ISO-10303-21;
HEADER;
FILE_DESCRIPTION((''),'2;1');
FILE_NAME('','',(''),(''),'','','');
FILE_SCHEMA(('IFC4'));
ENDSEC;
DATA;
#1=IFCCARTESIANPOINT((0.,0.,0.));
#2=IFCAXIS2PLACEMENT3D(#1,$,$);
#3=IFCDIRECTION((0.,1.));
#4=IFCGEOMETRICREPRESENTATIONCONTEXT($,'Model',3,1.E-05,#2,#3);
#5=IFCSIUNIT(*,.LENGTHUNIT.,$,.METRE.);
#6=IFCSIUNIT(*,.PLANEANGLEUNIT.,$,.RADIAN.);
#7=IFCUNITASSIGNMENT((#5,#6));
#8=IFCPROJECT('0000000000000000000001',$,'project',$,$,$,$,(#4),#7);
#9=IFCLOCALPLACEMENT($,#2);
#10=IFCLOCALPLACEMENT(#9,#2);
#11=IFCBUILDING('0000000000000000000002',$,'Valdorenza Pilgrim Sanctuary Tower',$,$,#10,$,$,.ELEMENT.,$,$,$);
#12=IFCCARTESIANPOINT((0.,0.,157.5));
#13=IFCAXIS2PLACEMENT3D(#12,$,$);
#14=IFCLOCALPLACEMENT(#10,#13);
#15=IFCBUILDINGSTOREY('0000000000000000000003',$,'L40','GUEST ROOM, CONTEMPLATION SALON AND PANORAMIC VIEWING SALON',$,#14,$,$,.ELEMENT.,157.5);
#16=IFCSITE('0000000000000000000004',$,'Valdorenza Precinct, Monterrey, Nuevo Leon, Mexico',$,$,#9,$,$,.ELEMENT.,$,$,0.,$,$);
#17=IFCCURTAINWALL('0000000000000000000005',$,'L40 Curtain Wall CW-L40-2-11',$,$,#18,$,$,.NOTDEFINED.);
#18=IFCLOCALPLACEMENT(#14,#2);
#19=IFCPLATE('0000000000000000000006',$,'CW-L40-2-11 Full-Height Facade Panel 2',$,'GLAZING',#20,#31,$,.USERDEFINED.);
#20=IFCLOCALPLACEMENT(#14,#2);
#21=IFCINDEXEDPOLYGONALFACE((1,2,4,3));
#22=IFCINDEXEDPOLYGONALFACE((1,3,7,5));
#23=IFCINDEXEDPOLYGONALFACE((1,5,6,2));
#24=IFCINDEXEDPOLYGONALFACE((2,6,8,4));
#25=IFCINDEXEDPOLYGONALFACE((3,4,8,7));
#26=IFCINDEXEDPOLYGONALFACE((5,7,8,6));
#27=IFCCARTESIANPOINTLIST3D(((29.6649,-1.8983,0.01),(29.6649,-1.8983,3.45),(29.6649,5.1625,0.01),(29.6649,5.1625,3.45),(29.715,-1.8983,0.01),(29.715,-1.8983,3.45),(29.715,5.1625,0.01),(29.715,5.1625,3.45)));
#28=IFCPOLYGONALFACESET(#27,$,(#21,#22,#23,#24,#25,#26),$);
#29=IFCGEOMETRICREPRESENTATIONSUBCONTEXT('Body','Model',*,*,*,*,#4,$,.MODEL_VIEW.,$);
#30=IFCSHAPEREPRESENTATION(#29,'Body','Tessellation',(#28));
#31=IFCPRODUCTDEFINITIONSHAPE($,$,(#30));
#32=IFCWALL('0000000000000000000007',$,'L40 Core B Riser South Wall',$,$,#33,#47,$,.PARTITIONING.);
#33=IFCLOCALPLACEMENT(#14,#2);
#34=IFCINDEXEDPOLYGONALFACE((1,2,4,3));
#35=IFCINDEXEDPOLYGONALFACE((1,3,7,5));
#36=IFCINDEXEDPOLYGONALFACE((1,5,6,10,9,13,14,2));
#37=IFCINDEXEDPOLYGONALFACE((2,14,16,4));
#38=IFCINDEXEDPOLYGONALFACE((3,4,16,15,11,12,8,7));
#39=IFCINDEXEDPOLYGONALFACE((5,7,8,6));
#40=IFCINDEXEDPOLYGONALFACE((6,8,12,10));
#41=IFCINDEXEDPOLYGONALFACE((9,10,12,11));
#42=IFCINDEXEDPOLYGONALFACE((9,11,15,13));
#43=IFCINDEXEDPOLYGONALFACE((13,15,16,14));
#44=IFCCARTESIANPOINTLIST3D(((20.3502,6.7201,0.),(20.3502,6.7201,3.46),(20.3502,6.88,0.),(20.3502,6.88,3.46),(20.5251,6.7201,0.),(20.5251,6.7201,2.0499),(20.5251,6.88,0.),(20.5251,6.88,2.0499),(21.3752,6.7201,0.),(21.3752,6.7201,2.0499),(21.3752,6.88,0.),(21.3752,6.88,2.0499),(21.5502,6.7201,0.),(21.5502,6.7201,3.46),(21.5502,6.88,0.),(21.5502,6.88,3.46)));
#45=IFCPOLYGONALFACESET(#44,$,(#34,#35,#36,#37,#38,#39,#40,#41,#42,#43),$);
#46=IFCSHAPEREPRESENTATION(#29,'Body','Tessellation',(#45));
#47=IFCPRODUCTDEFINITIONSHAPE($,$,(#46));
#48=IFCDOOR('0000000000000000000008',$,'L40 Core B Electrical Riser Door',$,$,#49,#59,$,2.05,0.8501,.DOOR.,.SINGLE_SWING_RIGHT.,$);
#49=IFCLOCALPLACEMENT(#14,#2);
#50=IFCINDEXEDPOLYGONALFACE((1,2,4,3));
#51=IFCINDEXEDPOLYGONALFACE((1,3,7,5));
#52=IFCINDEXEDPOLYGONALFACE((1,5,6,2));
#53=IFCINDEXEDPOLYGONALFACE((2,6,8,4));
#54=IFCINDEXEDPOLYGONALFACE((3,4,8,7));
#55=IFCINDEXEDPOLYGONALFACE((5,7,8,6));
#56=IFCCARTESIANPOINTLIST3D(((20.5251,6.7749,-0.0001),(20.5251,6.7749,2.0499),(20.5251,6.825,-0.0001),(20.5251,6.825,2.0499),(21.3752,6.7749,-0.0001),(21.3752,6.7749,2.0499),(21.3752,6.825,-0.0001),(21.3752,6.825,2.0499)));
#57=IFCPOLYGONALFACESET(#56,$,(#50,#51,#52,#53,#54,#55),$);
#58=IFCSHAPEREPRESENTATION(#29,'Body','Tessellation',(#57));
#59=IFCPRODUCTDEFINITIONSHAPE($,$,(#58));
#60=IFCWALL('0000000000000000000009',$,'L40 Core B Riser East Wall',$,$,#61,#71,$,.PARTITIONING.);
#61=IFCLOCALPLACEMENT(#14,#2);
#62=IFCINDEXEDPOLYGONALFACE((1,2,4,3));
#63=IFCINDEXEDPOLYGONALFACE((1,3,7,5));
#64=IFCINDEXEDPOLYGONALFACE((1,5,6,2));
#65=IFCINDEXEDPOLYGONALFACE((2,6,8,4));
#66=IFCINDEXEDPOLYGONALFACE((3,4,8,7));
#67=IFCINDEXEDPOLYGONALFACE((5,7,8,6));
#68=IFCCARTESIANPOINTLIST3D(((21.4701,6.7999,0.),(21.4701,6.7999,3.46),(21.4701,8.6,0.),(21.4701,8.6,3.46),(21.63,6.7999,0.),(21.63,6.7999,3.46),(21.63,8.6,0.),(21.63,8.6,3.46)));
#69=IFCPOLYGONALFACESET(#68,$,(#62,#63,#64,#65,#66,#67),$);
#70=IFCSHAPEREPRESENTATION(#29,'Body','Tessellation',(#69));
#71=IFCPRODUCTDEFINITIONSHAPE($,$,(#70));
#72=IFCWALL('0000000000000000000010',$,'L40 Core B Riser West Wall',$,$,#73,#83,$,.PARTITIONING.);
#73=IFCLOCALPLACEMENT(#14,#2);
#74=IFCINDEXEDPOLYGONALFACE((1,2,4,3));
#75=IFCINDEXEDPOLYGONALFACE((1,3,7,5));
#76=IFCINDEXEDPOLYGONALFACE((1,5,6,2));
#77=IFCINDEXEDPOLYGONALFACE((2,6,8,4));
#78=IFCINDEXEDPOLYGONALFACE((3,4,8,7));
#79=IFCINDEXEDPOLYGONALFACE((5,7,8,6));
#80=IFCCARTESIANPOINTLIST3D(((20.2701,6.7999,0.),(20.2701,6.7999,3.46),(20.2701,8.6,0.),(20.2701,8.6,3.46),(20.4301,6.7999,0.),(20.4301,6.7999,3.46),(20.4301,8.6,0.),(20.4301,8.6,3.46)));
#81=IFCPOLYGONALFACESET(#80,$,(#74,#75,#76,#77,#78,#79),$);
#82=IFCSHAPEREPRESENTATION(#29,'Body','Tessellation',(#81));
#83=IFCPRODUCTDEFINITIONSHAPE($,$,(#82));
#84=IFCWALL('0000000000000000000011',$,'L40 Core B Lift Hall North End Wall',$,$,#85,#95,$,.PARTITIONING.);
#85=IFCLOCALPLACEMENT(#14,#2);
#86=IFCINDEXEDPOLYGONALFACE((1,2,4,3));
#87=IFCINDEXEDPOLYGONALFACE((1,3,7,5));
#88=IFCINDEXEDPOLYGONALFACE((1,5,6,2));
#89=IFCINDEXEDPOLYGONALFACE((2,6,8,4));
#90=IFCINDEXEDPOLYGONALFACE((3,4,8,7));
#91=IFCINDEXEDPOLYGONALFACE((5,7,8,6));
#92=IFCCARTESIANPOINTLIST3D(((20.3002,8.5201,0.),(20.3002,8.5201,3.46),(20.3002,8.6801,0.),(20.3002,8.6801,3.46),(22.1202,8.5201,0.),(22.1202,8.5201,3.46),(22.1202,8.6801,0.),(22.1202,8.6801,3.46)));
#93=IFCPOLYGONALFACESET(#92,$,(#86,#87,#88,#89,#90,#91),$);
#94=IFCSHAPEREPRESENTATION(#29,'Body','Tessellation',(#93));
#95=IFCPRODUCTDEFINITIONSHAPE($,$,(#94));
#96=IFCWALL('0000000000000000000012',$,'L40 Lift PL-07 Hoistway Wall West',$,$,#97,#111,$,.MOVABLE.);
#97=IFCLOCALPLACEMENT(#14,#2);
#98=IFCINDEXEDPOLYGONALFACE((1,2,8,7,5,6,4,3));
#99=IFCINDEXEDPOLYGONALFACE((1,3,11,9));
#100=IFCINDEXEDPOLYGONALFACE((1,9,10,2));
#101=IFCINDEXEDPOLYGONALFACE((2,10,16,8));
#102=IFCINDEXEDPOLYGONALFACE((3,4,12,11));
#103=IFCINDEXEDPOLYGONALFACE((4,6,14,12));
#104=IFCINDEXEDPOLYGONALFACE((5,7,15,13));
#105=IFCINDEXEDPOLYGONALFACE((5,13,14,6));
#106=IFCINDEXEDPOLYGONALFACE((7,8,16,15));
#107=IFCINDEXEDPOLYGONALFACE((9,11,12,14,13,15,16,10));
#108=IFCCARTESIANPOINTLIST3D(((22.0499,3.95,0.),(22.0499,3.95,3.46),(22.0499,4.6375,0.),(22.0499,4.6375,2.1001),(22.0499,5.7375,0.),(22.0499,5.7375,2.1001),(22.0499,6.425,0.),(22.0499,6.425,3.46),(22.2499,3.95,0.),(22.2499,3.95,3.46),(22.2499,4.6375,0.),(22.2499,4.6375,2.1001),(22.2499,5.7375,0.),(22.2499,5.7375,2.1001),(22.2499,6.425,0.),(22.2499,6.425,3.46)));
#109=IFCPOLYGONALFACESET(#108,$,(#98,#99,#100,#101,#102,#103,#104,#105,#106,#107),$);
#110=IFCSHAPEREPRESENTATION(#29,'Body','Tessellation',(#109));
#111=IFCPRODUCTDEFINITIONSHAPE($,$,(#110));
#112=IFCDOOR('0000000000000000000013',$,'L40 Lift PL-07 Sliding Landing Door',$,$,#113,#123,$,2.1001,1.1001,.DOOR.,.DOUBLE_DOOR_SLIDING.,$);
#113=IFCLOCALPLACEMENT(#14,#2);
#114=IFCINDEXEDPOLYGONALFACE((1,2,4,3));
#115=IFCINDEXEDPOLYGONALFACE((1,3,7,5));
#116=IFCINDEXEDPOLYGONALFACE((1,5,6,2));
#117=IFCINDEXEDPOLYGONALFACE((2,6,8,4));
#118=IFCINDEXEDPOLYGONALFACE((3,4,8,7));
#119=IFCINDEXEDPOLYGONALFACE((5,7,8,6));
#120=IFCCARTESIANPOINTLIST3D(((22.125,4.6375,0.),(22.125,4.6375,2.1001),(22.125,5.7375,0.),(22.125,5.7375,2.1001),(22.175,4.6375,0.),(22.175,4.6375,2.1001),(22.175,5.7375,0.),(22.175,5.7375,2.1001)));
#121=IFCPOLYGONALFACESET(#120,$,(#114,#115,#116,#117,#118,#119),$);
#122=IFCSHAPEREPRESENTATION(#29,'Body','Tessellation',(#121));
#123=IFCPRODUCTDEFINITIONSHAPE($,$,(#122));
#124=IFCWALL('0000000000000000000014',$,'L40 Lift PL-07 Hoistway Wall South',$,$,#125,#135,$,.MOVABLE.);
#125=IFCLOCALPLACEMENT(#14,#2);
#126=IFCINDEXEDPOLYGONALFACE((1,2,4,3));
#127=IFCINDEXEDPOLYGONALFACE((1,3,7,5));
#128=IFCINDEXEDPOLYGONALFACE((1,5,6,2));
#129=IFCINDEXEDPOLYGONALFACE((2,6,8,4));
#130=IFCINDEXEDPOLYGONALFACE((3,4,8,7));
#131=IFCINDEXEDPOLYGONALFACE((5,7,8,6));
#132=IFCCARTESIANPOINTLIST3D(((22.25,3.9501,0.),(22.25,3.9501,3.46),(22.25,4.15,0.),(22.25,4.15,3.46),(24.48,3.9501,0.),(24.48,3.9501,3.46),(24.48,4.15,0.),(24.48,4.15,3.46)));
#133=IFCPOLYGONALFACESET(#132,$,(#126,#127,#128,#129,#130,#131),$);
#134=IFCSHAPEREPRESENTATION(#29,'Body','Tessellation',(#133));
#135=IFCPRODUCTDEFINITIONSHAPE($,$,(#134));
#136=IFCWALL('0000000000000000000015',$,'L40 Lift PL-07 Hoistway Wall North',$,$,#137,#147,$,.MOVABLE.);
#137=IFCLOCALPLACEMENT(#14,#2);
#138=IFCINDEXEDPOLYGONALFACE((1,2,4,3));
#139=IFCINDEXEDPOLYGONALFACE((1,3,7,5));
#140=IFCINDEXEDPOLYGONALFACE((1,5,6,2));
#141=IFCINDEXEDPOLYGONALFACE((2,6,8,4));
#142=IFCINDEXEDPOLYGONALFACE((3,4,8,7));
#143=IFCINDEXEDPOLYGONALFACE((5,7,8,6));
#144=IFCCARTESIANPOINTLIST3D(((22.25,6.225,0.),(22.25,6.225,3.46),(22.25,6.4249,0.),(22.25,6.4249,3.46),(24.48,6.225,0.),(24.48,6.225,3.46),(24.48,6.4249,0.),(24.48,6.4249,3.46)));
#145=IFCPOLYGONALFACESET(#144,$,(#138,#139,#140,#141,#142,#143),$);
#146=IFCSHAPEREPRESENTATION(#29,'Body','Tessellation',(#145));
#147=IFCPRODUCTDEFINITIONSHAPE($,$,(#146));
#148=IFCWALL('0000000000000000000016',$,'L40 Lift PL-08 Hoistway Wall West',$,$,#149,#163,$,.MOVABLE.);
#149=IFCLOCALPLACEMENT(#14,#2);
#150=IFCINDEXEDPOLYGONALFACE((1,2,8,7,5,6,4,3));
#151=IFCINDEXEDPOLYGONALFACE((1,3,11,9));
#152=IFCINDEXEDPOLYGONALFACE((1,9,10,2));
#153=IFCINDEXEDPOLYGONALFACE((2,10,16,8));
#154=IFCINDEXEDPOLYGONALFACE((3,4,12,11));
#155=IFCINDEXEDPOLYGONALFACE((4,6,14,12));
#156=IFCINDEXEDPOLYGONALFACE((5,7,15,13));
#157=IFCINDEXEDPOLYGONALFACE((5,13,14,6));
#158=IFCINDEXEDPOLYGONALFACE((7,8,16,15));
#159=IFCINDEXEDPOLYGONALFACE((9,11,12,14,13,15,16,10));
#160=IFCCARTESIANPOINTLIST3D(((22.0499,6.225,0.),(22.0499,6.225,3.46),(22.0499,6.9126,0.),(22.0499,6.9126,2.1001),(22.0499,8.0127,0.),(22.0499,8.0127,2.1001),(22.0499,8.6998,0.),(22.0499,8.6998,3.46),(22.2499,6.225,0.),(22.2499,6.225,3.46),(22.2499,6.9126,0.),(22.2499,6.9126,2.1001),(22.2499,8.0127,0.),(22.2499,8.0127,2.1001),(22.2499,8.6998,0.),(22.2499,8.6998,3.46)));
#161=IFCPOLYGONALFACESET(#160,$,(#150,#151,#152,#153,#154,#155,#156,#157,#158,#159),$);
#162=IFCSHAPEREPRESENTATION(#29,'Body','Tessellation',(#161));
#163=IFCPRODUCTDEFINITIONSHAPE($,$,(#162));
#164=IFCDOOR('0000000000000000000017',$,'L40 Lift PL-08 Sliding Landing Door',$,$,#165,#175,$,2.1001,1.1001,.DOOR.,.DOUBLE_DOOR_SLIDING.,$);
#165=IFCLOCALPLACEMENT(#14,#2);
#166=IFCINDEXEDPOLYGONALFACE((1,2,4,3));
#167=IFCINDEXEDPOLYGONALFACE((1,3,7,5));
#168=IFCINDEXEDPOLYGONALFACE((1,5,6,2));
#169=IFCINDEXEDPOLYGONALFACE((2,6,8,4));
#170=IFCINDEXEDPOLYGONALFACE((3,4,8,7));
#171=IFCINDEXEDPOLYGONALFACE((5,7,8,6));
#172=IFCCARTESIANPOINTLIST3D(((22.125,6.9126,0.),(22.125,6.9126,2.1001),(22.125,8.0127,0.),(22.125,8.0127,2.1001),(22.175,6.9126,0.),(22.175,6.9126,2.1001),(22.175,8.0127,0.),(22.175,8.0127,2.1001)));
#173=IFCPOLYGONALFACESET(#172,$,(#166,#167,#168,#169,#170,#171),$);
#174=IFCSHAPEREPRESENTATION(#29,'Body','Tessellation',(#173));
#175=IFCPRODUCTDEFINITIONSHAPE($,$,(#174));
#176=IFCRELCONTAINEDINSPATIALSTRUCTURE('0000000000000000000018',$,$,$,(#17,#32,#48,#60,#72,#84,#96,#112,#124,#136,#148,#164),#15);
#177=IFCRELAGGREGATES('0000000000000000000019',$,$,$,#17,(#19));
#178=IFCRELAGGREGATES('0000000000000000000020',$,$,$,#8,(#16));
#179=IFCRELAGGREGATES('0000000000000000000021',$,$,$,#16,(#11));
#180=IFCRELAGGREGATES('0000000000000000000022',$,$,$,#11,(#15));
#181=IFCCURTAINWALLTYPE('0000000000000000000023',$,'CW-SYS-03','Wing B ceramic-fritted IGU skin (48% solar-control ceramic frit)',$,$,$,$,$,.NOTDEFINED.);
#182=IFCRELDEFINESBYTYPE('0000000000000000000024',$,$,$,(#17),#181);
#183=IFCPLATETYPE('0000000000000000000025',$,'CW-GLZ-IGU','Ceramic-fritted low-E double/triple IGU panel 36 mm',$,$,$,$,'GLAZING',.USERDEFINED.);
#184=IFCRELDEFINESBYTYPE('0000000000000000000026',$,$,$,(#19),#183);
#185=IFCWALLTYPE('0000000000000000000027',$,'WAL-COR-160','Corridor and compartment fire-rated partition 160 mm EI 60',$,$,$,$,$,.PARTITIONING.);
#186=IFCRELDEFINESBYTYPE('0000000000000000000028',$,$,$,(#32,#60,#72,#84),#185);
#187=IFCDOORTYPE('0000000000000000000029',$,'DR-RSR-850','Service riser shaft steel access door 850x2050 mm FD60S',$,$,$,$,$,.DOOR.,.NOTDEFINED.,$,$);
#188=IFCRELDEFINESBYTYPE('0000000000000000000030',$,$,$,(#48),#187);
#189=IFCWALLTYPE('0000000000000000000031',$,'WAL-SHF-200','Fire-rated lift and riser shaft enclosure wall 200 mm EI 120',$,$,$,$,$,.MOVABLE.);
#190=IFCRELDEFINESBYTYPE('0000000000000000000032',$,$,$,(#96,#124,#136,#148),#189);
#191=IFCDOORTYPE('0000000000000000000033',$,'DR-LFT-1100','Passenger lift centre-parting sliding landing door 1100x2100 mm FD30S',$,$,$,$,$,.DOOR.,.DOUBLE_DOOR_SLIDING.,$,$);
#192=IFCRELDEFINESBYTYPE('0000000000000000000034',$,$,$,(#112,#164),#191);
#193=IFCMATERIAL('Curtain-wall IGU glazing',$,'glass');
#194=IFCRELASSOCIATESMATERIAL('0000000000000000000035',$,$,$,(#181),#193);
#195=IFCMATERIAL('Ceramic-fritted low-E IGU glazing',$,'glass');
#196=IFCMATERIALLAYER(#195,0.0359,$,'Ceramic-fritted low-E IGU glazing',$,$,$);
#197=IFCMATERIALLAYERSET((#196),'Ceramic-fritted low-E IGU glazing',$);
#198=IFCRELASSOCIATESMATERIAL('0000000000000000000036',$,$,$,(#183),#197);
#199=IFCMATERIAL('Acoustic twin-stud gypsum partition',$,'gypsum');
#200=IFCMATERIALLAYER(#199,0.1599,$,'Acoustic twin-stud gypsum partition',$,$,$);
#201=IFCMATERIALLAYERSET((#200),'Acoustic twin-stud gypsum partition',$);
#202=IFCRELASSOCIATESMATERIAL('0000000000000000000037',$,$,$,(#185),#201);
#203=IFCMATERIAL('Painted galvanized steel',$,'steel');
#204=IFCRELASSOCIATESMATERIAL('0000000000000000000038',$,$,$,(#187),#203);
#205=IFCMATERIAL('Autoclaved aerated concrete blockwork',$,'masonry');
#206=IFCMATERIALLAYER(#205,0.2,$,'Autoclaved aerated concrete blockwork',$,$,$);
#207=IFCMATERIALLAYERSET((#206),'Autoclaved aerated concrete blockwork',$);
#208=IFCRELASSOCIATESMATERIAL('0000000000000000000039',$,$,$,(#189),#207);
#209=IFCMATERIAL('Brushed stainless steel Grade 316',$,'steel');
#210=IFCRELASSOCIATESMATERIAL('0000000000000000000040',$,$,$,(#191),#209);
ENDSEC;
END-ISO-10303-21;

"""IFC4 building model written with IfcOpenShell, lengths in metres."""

from ifc_helpers import new_model, si_unit, direction, frame, frame_2d, origin, origin_2d, place, context, subcontext, project, spatial, rectangle, extrude, source, transform, mapped, material, layer, layer_set, type_object, element, fill, aggregate, save


model = new_model("IFC4")

# Units and contexts
model_context = context("Model", 3, precision=1e-05, world=origin(), true_north=direction((0.0, 1.0)))
body_context = subcontext(model_context, "Body", "Model", "MODEL_VIEW")
ifc_project = project(units=[si_unit("LENGTHUNIT", "METRE"), si_unit("PLANEANGLEUNIT", "RADIAN")], contexts=[model_context])

# Site, building, storey
site_placement = place(None, origin())
site = spatial("IfcSite", under=ifc_project, at=site_placement, Name="Valdorenza Precinct, Monterrey, Nuevo Leon, Mexico", CompositionType="ELEMENT", RefElevation=0.0)
building_placement = place(site_placement, origin())
building = spatial("IfcBuilding", under=site, at=building_placement, Name="Valdorenza Pilgrim Sanctuary Tower", CompositionType="ELEMENT")
storey_placement = place(building_placement, frame((0.0, 0.0, 157.5)))
storey = spatial("IfcBuildingStorey", under=building, at=storey_placement, Name="L40", Description="GUEST ROOM, CONTEMPLATION SALON AND PANORAMIC VIEWING SALON", CompositionType="ELEMENT", Elevation=157.5)

# Curtain wall, plate
ifc_material_1 = material(Name="Curtain-wall IGU glazing", Category="glass")
curtain_wall_type = type_object("IfcCurtainWallType", Name="CW-SYS-03", Description="Wing B ceramic-fritted IGU skin (48% solar-control ceramic frit)", PredefinedType="NOTDEFINED", material=ifc_material_1)
curtain_wall_placement = place(storey_placement, origin())
curtain_wall = element("IfcCurtainWall", 1, at=curtain_wall_placement, inside=storey, type_object=curtain_wall_type, Name="L40 Curtain Wall CW-L40-2-11", PredefinedType="NOTDEFINED")
ifc_material_2 = material(Name="Ceramic-fritted low-E IGU glazing", Category="glass")
ifc_layer_1 = layer(ifc_material_2, 0.0359, Name="Ceramic-fritted low-E IGU glazing")
ifc_layer_set_1 = layer_set([ifc_layer_1], Name="Ceramic-fritted low-E IGU glazing")
plate_type_1 = type_object("IfcPlateType", Name="CW-GLZ-IGU", Description="Ceramic-fritted low-E double/triple IGU panel 36 mm", ElementType="GLAZING", PredefinedType="USERDEFINED", material=ifc_layer_set_1)
shared_shape_1 = source(origin(), body_context, "Body", "SweptSolid", [
    extrude(rectangle(XDim=7.0608, YDim=0.05, at=origin_2d()), origin(), (0.0, 0.0, 1.0), 3.4399),
])
plate_1_placement = place(storey_placement, frame((29.6899, 1.6321, 0.01), z_axis=(0.0, 0.0, 1.0), x_axis=(0.0, -1.0, 0.0)))
plate_1 = element("IfcPlate", 2, at=plate_1_placement, type_object=plate_type_1, Name="CW-L40-2-11 Full-Height Facade Panel 2", ObjectType="GLAZING", PredefinedType="USERDEFINED", context=body_context, shape_type="MappedRepresentation", body=[
    mapped(shared_shape_1, transform((0.0, 0.0, 0.0), x_axis=(1.0, 0.0, 0.0), y_axis=(0.0, 1.0, 0.0), z_axis=(0.0, 0.0, 1.0), scale=1.0)),
])
aggregate(curtain_wall, [plate_1])

# Wall, opening, door
ifc_material_3 = material(Name="Acoustic twin-stud gypsum partition", Category="gypsum")
ifc_layer_2 = layer(ifc_material_3, 0.1599, Name="Acoustic twin-stud gypsum partition")
ifc_layer_set_2 = layer_set([ifc_layer_2], Name="Acoustic twin-stud gypsum partition")
wall_type_1 = type_object("IfcWallType", Name="WAL-COR-160", Description="Corridor and compartment fire-rated partition 160 mm EI 60", PredefinedType="PARTITIONING", material=ifc_layer_set_2)
wall_1_placement = place(storey_placement, frame((20.3501, 6.8, 0.0), z_axis=(0.0, 0.0, 1.0), x_axis=(1.0, 0.0, 0.0)))
wall_1 = element("IfcWall", 3, at=wall_1_placement, inside=storey, type_object=wall_type_1, Name="L40 Core B Riser South Wall", PredefinedType="PARTITIONING", context=body_context, shape_type="SweptSolid", body=[
    extrude(rectangle(XDim=1.2, YDim=0.1599, at=frame_2d((0.6001, 0.0))), origin(), (0.0, 0.0, 1.0), 3.46),
])
opening_1_placement = place(wall_1_placement, frame((0.175, 0.0, 0.0)))
opening_1 = element("IfcOpeningElement", 4, at=opening_1_placement, cuts=wall_1, PredefinedType="OPENING", context=body_context, shape_type="SweptSolid", body=[
    extrude(rectangle(XDim=0.8501, YDim=2.05, at=frame_2d((0.425, 1.0249))), frame((0.0, 0.0947, 0.0), z_axis=(0.0, -1.0, 0.0), x_axis=(1.0, 0.0, 0.0)), (0.0, 0.0, 1.0), 0.1897),
])
ifc_material_4 = material(Name="Painted galvanized steel", Category="steel")
door_type_1 = type_object("IfcDoorType", Name="DR-RSR-850", Description="Service riser shaft steel access door 850x2050 mm FD60S", OperationType="NOTDEFINED", PredefinedType="DOOR", material=ifc_material_4)
door_1_placement = place(opening_1_placement, origin())
door_1 = element("IfcDoor", 5, at=door_1_placement, inside=storey, type_object=door_type_1, Name="L40 Core B Electrical Riser Door", OperationType="SINGLE_SWING_RIGHT", OverallHeight=2.05, OverallWidth=0.8501, PredefinedType="DOOR", context=body_context, shape_type="SweptSolid", body=[
    extrude(rectangle(XDim=0.8501, YDim=2.05, at=frame_2d((0.425, 1.0249))), frame((0.0, 0.0249, 0.0), z_axis=(0.0, -1.0, 0.0), x_axis=(1.0, 0.0, 0.0)), (0.0, 0.0, 1.0), 0.05),
])
fill(opening_1, door_1)

# Walls
for number, where, z_axis, x_axis, name in (
    (6, (21.55, 6.8, 0.0), (0.0, 0.0, 1.0), (0.0, 1.0, 0.0), "L40 Core B Riser East Wall"),
    (7, (20.3501, 6.8, 0.0), (0.0, 0.0, 1.0), (0.0, 1.0, 0.0), "L40 Core B Riser West Wall"),
):
    element("IfcWall", number, at=place(storey_placement, frame(where, z_axis=z_axis, x_axis=x_axis)), inside=storey, type_object=wall_type_1, Name=name, PredefinedType="PARTITIONING", context=body_context, shape_type="SweptSolid", body=[
        extrude(rectangle(XDim=1.8, YDim=0.1599, at=frame_2d((0.8999, 0.0))), origin(), (0.0, 0.0, 1.0), 3.46),
    ])
wall_2_placement = place(storey_placement, frame((20.3, 8.6001, 0.0), z_axis=(0.0, 0.0, 1.0), x_axis=(1.0, 0.0, 0.0)))
element("IfcWall", 8, at=wall_2_placement, inside=storey, type_object=wall_type_1, Name="L40 Core B Lift Hall North End Wall", PredefinedType="PARTITIONING", context=body_context, shape_type="SweptSolid", body=[
    extrude(rectangle(XDim=1.8201, YDim=0.1599, at=frame_2d((0.9102, 0.0))), origin(), (0.0, 0.0, 1.0), 3.46),
])

# Wall, opening, door
ifc_material_5 = material(Name="Autoclaved aerated concrete blockwork", Category="masonry")
ifc_layer_3 = layer(ifc_material_5, 0.2, Name="Autoclaved aerated concrete blockwork")
ifc_layer_set_3 = layer_set([ifc_layer_3], Name="Autoclaved aerated concrete blockwork")
wall_type_2 = type_object("IfcWallType", Name="WAL-SHF-200", Description="Fire-rated lift and riser shaft enclosure wall 200 mm EI 120", PredefinedType="MOVABLE", material=ifc_layer_set_3)
wall_3_placement = place(storey_placement, frame((22.1499, 3.95, 0.0), z_axis=(0.0, 0.0, 1.0), x_axis=(0.0, 1.0, 0.0)))
wall_3 = element("IfcWall", 9, at=wall_3_placement, inside=storey, type_object=wall_type_2, Name="L40 Lift PL-07 Hoistway Wall West", PredefinedType="MOVABLE", context=body_context, shape_type="SweptSolid", body=[
    extrude(rectangle(XDim=2.4751, YDim=0.2, at=frame_2d((1.2375, 0.0))), origin(), (0.0, 0.0, 1.0), 3.46),
])
opening_2_placement = place(wall_3_placement, frame((0.6875, 0.0, 0.0)))
opening_2 = element("IfcOpeningElement", 10, at=opening_2_placement, cuts=wall_3, PredefinedType="OPENING", context=body_context, shape_type="SweptSolid", body=[
    extrude(rectangle(XDim=1.1001, YDim=2.1001, at=frame_2d((0.55, 1.05))), frame((0.0, 0.1147, 0.0), z_axis=(0.0, -1.0, 0.0), x_axis=(1.0, 0.0, 0.0)), (0.0, 0.0, 1.0), 0.2297),
])
ifc_material_6 = material(Name="Brushed stainless steel Grade 316", Category="steel")
door_type_2 = type_object("IfcDoorType", Name="DR-LFT-1100", Description="Passenger lift centre-parting sliding landing door 1100x2100 mm FD30S", OperationType="DOUBLE_DOOR_SLIDING", PredefinedType="DOOR", material=ifc_material_6)
door_2_placement = place(opening_2_placement, origin())
door_2 = element("IfcDoor", 11, at=door_2_placement, inside=storey, type_object=door_type_2, Name="L40 Lift PL-07 Sliding Landing Door", OperationType="DOUBLE_DOOR_SLIDING", OverallHeight=2.1001, OverallWidth=1.1001, PredefinedType="DOOR", context=body_context, shape_type="SweptSolid", body=[
    extrude(rectangle(XDim=1.1001, YDim=2.1001, at=frame_2d((0.55, 1.05))), frame((0.0, 0.0249, 0.0), z_axis=(0.0, -1.0, 0.0), x_axis=(1.0, 0.0, 0.0)), (0.0, 0.0, 1.0), 0.05),
])
fill(opening_2, door_2)

# Walls
for number, where, z_axis, x_axis, name in (
    (12, (22.25, 4.05, 0.0), (0.0, 0.0, 1.0), (1.0, 0.0, 0.0), "L40 Lift PL-07 Hoistway Wall South"),
    (13, (22.25, 6.325, 0.0), (0.0, 0.0, 1.0), (1.0, 0.0, 0.0), "L40 Lift PL-07 Hoistway Wall North"),
):
    element("IfcWall", number, at=place(storey_placement, frame(where, z_axis=z_axis, x_axis=x_axis)), inside=storey, type_object=wall_type_2, Name=name, PredefinedType="MOVABLE", context=body_context, shape_type="SweptSolid", body=[
        extrude(rectangle(XDim=2.23, YDim=0.2, at=frame_2d((1.115, 0.0))), origin(), (0.0, 0.0, 1.0), 3.46),
    ])

# Wall, opening, door
wall_4_placement = place(storey_placement, frame((22.1499, 6.2251, 0.0), z_axis=(0.0, 0.0, 1.0), x_axis=(0.0, 1.0, 0.0)))
wall_4 = element("IfcWall", 14, at=wall_4_placement, inside=storey, type_object=wall_type_2, Name="L40 Lift PL-08 Hoistway Wall West", PredefinedType="MOVABLE", context=body_context, shape_type="SweptSolid", body=[
    extrude(rectangle(XDim=2.4749, YDim=0.2, at=frame_2d((1.2373, 0.0))), origin(), (0.0, 0.0, 1.0), 3.46),
])
opening_3_placement = place(wall_4_placement, frame((0.6875, 0.0, 0.0)))
opening_3 = element("IfcOpeningElement", 15, at=opening_3_placement, cuts=wall_4, PredefinedType="OPENING", context=body_context, shape_type="SweptSolid", body=[
    extrude(rectangle(XDim=1.1001, YDim=2.1001, at=frame_2d((0.55, 1.05))), frame((0.0, 0.1147, 0.0), z_axis=(0.0, -1.0, 0.0), x_axis=(1.0, 0.0, 0.0)), (0.0, 0.0, 1.0), 0.2297),
])
door_3_placement = place(opening_3_placement, origin())
door_3 = element("IfcDoor", 16, at=door_3_placement, inside=storey, type_object=door_type_2, Name="L40 Lift PL-08 Sliding Landing Door", OperationType="DOUBLE_DOOR_SLIDING", OverallHeight=2.1001, OverallWidth=1.1001, PredefinedType="DOOR", context=body_context, shape_type="SweptSolid", body=[
    extrude(rectangle(XDim=1.1001, YDim=2.1001, at=frame_2d((0.55, 1.05))), frame((0.0, 0.0249, 0.0), z_axis=(0.0, -1.0, 0.0), x_axis=(1.0, 0.0, 0.0)), (0.0, 0.0, 1.0), 0.05),
])
fill(opening_3, door_3)

save(model, "model.ifc")
